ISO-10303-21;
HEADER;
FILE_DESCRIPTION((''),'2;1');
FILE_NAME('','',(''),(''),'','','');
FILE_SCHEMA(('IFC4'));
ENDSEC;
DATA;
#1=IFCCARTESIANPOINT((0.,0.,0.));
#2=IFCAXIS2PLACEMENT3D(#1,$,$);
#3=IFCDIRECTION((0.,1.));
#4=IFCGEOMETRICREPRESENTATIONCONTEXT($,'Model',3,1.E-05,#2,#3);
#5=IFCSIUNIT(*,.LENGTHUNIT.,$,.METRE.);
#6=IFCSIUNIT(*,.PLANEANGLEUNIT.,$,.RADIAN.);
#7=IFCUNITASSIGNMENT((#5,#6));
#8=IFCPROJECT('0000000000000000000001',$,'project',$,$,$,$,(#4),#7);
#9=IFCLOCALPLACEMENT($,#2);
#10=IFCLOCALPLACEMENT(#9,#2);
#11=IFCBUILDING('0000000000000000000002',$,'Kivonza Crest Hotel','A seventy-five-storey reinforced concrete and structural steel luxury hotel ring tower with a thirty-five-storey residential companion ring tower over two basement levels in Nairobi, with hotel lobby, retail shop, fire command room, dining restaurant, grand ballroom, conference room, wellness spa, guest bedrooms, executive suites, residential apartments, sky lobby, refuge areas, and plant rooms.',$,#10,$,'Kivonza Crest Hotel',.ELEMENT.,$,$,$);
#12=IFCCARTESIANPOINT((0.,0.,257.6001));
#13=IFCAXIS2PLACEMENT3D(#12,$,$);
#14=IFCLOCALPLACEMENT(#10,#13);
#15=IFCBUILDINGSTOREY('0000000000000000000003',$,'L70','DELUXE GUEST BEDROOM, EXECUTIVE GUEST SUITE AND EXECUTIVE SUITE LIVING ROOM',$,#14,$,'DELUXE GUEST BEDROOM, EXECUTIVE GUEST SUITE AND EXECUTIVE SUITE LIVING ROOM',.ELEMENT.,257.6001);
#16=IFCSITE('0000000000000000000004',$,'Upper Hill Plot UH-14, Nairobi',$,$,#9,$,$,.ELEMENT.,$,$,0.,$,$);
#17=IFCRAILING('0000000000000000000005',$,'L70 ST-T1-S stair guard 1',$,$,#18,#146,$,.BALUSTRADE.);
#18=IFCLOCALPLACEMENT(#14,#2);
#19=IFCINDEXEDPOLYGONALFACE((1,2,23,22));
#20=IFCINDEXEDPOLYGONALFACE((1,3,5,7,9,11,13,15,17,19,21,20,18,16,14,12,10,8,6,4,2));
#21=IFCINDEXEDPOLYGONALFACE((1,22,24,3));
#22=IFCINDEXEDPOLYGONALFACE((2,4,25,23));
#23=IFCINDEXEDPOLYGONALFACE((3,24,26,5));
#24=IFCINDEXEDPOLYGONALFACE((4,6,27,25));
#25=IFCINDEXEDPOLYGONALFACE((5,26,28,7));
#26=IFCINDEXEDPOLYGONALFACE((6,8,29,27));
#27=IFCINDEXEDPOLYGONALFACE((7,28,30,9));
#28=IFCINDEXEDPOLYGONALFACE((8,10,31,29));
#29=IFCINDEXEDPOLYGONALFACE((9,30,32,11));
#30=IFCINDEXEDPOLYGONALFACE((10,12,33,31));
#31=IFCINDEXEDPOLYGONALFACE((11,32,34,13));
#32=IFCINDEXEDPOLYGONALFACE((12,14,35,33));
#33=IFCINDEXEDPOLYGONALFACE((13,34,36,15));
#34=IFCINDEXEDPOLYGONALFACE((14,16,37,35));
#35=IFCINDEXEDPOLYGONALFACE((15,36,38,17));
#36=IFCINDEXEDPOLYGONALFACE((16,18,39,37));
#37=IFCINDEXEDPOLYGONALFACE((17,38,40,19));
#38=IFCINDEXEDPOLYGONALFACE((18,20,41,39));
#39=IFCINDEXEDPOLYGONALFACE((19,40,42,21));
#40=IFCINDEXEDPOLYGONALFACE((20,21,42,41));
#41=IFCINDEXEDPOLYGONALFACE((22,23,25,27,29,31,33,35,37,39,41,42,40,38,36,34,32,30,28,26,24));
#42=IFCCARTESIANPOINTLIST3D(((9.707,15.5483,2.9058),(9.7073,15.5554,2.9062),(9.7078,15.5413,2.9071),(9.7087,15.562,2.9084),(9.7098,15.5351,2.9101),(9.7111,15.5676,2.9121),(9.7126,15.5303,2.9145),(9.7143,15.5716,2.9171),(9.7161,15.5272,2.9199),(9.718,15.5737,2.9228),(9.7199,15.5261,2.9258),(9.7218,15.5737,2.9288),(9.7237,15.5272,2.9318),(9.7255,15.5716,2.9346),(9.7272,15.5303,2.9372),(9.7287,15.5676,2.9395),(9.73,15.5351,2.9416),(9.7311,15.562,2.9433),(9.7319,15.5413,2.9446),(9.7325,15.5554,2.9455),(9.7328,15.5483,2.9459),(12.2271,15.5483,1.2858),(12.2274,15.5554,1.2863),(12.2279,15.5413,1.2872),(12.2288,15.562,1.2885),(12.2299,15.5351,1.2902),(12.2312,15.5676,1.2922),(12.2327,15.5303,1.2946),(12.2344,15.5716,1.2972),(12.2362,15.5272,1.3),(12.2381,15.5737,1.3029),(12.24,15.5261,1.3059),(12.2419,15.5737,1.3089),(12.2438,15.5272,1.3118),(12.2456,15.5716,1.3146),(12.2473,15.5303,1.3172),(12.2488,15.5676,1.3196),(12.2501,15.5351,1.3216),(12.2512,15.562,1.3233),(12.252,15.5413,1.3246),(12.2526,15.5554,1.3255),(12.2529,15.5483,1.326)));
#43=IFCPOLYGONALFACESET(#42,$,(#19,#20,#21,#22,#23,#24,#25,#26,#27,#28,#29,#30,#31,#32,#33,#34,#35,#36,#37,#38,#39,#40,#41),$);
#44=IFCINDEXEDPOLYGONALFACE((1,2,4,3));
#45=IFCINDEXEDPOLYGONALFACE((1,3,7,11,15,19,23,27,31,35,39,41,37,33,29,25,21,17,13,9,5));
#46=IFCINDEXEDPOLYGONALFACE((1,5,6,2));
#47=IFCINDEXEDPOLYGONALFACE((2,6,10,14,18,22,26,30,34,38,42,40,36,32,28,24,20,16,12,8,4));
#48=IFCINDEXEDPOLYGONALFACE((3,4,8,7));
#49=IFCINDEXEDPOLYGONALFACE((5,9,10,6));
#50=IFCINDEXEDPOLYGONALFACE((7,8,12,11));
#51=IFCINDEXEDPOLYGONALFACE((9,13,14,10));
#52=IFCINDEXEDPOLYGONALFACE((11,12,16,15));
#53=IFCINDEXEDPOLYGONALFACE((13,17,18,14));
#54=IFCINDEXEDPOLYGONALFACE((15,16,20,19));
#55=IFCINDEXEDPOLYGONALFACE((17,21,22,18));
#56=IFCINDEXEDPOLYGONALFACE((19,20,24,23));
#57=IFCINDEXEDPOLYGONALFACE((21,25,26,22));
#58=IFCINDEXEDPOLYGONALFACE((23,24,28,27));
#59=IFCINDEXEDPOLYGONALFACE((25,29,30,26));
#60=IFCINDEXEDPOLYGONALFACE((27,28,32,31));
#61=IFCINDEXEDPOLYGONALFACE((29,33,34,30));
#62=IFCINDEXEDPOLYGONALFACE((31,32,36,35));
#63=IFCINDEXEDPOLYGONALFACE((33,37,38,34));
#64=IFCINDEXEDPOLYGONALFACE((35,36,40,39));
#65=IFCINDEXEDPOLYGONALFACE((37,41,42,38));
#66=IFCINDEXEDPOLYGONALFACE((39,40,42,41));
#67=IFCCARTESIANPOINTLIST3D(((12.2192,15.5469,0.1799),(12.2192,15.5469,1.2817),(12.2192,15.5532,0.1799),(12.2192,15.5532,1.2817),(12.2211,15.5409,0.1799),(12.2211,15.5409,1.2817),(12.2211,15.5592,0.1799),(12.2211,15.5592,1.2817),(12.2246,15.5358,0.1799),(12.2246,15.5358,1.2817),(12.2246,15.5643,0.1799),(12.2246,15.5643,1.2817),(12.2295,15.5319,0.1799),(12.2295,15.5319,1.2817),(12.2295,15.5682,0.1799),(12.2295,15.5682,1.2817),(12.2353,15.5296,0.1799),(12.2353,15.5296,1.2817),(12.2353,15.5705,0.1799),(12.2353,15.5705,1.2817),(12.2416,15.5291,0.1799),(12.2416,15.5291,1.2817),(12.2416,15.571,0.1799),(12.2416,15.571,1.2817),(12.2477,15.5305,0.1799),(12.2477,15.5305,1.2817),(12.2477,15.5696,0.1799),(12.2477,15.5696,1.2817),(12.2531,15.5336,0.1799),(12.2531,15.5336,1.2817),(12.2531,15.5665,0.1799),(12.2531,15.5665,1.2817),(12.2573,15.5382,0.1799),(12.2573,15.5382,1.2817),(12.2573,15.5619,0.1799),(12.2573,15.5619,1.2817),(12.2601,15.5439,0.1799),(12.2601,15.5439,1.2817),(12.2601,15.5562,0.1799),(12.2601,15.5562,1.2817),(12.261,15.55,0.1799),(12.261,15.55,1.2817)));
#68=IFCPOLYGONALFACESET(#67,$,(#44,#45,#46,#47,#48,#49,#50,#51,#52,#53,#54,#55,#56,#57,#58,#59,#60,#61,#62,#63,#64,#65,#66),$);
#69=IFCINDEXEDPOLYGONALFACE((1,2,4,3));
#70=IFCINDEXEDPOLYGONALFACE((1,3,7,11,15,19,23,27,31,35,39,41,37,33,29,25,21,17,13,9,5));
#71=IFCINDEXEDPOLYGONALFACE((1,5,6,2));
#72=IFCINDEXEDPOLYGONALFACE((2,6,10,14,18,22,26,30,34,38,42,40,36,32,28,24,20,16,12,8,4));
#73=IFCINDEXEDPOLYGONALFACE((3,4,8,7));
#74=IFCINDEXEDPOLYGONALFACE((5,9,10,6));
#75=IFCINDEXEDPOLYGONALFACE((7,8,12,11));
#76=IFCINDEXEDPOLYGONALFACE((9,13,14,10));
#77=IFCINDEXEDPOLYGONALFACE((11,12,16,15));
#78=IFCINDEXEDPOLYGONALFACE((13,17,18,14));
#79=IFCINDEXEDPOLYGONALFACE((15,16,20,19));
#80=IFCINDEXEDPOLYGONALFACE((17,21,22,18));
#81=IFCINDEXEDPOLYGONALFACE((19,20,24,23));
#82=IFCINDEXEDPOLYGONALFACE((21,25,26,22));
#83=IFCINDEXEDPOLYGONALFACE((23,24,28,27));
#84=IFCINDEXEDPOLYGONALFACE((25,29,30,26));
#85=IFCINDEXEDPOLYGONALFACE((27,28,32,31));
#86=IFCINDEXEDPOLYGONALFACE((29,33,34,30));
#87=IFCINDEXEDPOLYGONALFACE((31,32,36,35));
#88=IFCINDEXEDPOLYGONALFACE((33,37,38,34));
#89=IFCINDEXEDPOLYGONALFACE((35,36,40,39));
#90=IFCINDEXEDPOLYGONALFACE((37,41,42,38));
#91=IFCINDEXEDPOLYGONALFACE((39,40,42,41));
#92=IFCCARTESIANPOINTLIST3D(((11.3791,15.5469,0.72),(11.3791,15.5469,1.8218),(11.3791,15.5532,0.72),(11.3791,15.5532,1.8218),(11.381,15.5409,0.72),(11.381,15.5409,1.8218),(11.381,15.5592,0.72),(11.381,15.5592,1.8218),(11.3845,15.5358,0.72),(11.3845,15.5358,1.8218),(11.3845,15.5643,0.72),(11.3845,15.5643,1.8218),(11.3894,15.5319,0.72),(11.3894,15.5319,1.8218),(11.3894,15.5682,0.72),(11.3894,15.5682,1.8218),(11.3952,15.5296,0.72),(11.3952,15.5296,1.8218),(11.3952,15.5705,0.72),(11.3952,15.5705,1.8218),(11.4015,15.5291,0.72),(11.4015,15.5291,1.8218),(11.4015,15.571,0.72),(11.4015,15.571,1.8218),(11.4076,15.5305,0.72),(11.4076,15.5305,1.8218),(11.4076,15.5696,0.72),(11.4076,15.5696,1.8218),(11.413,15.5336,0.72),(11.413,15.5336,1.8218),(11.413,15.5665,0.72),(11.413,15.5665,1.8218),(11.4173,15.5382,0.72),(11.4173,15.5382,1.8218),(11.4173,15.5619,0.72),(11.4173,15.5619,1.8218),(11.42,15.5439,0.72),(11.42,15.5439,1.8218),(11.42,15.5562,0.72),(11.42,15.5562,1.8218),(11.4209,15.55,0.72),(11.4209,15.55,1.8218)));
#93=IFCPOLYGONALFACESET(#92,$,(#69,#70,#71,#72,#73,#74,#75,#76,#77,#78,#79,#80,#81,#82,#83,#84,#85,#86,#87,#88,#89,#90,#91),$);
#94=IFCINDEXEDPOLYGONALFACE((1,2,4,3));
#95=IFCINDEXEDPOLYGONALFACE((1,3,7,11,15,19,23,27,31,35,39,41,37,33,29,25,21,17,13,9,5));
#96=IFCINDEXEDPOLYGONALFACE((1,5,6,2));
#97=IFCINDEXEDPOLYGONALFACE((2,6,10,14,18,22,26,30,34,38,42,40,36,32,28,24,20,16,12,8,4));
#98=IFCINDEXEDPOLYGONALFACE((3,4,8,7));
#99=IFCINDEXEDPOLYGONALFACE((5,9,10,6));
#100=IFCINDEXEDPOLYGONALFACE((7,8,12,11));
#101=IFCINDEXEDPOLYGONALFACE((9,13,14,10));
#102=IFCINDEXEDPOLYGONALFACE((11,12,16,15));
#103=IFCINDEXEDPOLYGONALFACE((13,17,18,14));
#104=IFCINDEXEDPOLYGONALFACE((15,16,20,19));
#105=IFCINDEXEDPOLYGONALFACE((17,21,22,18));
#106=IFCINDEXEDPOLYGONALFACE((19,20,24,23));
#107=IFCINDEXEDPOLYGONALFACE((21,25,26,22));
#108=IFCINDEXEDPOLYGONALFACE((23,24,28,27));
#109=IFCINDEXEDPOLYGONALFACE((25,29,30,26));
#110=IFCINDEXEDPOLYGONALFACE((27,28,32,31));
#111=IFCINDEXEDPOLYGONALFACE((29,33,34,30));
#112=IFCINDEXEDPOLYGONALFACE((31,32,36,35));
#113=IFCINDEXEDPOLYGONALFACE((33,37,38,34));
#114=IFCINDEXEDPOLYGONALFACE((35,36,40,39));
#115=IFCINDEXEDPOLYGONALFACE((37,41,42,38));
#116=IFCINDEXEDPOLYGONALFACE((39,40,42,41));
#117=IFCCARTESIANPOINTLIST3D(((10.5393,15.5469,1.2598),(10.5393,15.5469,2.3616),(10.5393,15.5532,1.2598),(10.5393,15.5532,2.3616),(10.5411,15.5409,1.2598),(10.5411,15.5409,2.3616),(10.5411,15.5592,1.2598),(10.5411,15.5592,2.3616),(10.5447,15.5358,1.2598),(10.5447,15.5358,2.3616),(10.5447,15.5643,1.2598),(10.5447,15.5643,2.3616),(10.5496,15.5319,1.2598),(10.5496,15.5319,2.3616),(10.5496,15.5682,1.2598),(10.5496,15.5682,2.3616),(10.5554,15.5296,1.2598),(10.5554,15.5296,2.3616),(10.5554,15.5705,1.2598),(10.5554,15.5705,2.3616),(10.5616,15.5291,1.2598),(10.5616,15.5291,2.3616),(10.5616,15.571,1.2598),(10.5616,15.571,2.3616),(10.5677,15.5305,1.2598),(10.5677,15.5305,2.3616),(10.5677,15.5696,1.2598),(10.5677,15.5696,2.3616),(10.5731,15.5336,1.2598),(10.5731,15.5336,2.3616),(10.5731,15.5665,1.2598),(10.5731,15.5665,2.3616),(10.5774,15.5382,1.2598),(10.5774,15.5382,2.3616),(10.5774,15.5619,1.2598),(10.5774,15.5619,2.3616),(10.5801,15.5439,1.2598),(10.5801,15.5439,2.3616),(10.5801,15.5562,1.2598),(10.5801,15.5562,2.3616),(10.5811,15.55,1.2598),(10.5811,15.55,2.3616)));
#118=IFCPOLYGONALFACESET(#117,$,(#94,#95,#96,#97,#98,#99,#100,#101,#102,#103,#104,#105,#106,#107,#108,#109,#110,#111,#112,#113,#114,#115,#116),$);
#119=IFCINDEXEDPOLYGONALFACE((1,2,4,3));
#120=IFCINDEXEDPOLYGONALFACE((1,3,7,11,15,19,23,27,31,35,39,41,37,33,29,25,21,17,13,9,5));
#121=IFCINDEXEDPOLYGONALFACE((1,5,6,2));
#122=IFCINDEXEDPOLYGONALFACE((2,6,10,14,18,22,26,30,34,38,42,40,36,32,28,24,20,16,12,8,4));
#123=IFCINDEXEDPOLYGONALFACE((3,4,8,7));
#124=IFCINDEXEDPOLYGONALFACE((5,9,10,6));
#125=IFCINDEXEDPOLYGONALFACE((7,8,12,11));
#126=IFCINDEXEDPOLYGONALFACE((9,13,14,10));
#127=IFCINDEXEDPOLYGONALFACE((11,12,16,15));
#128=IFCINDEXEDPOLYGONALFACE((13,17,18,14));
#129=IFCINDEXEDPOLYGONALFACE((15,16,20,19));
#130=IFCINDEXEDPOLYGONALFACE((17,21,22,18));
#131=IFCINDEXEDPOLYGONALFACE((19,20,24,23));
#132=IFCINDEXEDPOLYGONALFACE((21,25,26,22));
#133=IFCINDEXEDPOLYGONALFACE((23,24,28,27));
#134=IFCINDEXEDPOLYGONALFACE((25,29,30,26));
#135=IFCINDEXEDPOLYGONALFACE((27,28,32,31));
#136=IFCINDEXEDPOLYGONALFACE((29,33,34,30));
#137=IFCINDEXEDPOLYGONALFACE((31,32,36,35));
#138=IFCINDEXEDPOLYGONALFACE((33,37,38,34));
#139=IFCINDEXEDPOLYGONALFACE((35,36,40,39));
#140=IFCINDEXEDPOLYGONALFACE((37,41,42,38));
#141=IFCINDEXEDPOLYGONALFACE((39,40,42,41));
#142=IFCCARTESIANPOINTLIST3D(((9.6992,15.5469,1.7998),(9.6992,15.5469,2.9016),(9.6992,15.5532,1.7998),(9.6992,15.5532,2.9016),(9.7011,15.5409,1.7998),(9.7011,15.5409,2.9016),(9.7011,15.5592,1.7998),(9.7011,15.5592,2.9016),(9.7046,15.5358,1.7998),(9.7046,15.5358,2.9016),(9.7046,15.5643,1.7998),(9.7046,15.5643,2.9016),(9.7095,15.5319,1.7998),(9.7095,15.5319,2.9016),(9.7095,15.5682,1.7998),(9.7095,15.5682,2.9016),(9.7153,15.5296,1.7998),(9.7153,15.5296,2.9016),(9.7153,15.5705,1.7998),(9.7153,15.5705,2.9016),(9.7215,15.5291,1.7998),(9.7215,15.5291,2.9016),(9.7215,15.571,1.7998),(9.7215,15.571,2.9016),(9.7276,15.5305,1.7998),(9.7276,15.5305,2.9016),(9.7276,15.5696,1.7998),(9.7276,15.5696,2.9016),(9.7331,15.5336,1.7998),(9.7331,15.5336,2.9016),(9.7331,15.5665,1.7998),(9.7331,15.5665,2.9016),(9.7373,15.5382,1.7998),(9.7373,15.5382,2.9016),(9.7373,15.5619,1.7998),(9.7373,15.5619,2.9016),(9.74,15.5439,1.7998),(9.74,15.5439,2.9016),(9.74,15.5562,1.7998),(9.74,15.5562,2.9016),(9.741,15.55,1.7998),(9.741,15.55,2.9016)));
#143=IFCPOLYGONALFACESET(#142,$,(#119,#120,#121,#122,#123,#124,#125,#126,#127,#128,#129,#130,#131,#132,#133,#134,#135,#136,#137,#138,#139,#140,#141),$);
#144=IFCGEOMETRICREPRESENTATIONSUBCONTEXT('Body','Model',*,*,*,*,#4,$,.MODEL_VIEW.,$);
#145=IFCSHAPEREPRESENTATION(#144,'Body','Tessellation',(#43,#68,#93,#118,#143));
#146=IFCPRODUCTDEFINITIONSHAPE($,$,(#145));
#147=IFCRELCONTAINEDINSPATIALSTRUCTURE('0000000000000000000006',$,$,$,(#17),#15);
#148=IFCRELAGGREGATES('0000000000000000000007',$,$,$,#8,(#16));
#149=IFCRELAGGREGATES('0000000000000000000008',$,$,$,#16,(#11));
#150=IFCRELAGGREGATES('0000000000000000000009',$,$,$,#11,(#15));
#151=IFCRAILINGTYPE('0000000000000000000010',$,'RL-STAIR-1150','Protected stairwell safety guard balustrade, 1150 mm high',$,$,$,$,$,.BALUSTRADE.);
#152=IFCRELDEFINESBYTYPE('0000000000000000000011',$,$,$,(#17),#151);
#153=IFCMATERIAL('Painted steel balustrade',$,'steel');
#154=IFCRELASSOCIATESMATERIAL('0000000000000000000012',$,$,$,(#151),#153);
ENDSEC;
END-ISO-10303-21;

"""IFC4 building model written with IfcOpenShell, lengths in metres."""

from ifc_helpers import new_model, si_unit, direction, frame, origin, origin_2d, place, context, subcontext, project, spatial, circle, extrude, material, type_object, element, save


model = new_model("IFC4")

# Units and contexts
model_context = context("Model", 3, precision=1e-05, world=origin(), true_north=direction((0.0, 1.0)))
body_context = subcontext(model_context, "Body", "Model", "MODEL_VIEW")
ifc_project = project(units=[si_unit("LENGTHUNIT", "METRE"), si_unit("PLANEANGLEUNIT", "RADIAN")], contexts=[model_context])

# Site, building, storey
site_placement = place(None, origin())
site = spatial("IfcSite", under=ifc_project, at=site_placement, Name="Upper Hill Plot UH-14, Nairobi", CompositionType="ELEMENT", RefElevation=0.0)
building_placement = place(site_placement, origin())
building = spatial("IfcBuilding", under=site, at=building_placement, Name="Kivonza Crest Hotel", Description="A seventy-five-storey reinforced concrete and structural steel luxury hotel ring tower with a thirty-five-storey residential companion ring tower over two basement levels in Nairobi, with hotel lobby, retail shop, fire command room, dining restaurant, grand ballroom, conference room, wellness spa, guest bedrooms, executive suites, residential apartments, sky lobby, refuge areas, and plant rooms.", LongName="Kivonza Crest Hotel", CompositionType="ELEMENT")
storey_placement = place(building_placement, frame((0.0, 0.0, 257.6001)))
storey = spatial("IfcBuildingStorey", under=building, at=storey_placement, Name="L70", Description="DELUXE GUEST BEDROOM, EXECUTIVE GUEST SUITE AND EXECUTIVE SUITE LIVING ROOM", LongName="DELUXE GUEST BEDROOM, EXECUTIVE GUEST SUITE AND EXECUTIVE SUITE LIVING ROOM", CompositionType="ELEMENT", Elevation=257.6001)

# Railing
ifc_material_1 = material(Name="Painted steel balustrade", Category="steel")
railing_type_1 = type_object("IfcRailingType", Name="RL-STAIR-1150", Description="Protected stairwell safety guard balustrade, 1150 mm high", PredefinedType="BALUSTRADE", material=ifc_material_1)
railing_1_placement = place(storey_placement, frame((12.24, 15.55, 0.1799)))
element("IfcRailing", 1, at=railing_1_placement, inside=storey, type_object=railing_type_1, Name="L70 ST-T1-S stair guard 1", PredefinedType="BALUSTRADE", context=body_context, shape_type="SweptSolid", body=[
    extrude(circle(Radius=0.0239, at=origin_2d()), frame((0.0, 0.0, 1.126), z_axis=(-0.8412, 0.0, 0.540725), x_axis=(0.0, -1.0, 0.0)), (0.0, 0.0, 1.0), 2.9958),
    extrude(circle(Radius=0.021, at=origin_2d()), origin(), (0.0, 0.0, 1.0), 1.1018),
    extrude(circle(Radius=0.021, at=origin_2d()), frame((-0.8401, 0.0, 0.54)), (0.0, 0.0, 1.0), 1.1018),
    extrude(circle(Radius=0.021, at=origin_2d()), frame((-1.6799, 0.0, 1.0798)), (0.0, 0.0, 1.0), 1.1018),
    extrude(circle(Radius=0.021, at=origin_2d()), frame((-2.52, 0.0, 1.6199)), (0.0, 0.0, 1.0), 1.1018),
])

save(model, "model.ifc")
